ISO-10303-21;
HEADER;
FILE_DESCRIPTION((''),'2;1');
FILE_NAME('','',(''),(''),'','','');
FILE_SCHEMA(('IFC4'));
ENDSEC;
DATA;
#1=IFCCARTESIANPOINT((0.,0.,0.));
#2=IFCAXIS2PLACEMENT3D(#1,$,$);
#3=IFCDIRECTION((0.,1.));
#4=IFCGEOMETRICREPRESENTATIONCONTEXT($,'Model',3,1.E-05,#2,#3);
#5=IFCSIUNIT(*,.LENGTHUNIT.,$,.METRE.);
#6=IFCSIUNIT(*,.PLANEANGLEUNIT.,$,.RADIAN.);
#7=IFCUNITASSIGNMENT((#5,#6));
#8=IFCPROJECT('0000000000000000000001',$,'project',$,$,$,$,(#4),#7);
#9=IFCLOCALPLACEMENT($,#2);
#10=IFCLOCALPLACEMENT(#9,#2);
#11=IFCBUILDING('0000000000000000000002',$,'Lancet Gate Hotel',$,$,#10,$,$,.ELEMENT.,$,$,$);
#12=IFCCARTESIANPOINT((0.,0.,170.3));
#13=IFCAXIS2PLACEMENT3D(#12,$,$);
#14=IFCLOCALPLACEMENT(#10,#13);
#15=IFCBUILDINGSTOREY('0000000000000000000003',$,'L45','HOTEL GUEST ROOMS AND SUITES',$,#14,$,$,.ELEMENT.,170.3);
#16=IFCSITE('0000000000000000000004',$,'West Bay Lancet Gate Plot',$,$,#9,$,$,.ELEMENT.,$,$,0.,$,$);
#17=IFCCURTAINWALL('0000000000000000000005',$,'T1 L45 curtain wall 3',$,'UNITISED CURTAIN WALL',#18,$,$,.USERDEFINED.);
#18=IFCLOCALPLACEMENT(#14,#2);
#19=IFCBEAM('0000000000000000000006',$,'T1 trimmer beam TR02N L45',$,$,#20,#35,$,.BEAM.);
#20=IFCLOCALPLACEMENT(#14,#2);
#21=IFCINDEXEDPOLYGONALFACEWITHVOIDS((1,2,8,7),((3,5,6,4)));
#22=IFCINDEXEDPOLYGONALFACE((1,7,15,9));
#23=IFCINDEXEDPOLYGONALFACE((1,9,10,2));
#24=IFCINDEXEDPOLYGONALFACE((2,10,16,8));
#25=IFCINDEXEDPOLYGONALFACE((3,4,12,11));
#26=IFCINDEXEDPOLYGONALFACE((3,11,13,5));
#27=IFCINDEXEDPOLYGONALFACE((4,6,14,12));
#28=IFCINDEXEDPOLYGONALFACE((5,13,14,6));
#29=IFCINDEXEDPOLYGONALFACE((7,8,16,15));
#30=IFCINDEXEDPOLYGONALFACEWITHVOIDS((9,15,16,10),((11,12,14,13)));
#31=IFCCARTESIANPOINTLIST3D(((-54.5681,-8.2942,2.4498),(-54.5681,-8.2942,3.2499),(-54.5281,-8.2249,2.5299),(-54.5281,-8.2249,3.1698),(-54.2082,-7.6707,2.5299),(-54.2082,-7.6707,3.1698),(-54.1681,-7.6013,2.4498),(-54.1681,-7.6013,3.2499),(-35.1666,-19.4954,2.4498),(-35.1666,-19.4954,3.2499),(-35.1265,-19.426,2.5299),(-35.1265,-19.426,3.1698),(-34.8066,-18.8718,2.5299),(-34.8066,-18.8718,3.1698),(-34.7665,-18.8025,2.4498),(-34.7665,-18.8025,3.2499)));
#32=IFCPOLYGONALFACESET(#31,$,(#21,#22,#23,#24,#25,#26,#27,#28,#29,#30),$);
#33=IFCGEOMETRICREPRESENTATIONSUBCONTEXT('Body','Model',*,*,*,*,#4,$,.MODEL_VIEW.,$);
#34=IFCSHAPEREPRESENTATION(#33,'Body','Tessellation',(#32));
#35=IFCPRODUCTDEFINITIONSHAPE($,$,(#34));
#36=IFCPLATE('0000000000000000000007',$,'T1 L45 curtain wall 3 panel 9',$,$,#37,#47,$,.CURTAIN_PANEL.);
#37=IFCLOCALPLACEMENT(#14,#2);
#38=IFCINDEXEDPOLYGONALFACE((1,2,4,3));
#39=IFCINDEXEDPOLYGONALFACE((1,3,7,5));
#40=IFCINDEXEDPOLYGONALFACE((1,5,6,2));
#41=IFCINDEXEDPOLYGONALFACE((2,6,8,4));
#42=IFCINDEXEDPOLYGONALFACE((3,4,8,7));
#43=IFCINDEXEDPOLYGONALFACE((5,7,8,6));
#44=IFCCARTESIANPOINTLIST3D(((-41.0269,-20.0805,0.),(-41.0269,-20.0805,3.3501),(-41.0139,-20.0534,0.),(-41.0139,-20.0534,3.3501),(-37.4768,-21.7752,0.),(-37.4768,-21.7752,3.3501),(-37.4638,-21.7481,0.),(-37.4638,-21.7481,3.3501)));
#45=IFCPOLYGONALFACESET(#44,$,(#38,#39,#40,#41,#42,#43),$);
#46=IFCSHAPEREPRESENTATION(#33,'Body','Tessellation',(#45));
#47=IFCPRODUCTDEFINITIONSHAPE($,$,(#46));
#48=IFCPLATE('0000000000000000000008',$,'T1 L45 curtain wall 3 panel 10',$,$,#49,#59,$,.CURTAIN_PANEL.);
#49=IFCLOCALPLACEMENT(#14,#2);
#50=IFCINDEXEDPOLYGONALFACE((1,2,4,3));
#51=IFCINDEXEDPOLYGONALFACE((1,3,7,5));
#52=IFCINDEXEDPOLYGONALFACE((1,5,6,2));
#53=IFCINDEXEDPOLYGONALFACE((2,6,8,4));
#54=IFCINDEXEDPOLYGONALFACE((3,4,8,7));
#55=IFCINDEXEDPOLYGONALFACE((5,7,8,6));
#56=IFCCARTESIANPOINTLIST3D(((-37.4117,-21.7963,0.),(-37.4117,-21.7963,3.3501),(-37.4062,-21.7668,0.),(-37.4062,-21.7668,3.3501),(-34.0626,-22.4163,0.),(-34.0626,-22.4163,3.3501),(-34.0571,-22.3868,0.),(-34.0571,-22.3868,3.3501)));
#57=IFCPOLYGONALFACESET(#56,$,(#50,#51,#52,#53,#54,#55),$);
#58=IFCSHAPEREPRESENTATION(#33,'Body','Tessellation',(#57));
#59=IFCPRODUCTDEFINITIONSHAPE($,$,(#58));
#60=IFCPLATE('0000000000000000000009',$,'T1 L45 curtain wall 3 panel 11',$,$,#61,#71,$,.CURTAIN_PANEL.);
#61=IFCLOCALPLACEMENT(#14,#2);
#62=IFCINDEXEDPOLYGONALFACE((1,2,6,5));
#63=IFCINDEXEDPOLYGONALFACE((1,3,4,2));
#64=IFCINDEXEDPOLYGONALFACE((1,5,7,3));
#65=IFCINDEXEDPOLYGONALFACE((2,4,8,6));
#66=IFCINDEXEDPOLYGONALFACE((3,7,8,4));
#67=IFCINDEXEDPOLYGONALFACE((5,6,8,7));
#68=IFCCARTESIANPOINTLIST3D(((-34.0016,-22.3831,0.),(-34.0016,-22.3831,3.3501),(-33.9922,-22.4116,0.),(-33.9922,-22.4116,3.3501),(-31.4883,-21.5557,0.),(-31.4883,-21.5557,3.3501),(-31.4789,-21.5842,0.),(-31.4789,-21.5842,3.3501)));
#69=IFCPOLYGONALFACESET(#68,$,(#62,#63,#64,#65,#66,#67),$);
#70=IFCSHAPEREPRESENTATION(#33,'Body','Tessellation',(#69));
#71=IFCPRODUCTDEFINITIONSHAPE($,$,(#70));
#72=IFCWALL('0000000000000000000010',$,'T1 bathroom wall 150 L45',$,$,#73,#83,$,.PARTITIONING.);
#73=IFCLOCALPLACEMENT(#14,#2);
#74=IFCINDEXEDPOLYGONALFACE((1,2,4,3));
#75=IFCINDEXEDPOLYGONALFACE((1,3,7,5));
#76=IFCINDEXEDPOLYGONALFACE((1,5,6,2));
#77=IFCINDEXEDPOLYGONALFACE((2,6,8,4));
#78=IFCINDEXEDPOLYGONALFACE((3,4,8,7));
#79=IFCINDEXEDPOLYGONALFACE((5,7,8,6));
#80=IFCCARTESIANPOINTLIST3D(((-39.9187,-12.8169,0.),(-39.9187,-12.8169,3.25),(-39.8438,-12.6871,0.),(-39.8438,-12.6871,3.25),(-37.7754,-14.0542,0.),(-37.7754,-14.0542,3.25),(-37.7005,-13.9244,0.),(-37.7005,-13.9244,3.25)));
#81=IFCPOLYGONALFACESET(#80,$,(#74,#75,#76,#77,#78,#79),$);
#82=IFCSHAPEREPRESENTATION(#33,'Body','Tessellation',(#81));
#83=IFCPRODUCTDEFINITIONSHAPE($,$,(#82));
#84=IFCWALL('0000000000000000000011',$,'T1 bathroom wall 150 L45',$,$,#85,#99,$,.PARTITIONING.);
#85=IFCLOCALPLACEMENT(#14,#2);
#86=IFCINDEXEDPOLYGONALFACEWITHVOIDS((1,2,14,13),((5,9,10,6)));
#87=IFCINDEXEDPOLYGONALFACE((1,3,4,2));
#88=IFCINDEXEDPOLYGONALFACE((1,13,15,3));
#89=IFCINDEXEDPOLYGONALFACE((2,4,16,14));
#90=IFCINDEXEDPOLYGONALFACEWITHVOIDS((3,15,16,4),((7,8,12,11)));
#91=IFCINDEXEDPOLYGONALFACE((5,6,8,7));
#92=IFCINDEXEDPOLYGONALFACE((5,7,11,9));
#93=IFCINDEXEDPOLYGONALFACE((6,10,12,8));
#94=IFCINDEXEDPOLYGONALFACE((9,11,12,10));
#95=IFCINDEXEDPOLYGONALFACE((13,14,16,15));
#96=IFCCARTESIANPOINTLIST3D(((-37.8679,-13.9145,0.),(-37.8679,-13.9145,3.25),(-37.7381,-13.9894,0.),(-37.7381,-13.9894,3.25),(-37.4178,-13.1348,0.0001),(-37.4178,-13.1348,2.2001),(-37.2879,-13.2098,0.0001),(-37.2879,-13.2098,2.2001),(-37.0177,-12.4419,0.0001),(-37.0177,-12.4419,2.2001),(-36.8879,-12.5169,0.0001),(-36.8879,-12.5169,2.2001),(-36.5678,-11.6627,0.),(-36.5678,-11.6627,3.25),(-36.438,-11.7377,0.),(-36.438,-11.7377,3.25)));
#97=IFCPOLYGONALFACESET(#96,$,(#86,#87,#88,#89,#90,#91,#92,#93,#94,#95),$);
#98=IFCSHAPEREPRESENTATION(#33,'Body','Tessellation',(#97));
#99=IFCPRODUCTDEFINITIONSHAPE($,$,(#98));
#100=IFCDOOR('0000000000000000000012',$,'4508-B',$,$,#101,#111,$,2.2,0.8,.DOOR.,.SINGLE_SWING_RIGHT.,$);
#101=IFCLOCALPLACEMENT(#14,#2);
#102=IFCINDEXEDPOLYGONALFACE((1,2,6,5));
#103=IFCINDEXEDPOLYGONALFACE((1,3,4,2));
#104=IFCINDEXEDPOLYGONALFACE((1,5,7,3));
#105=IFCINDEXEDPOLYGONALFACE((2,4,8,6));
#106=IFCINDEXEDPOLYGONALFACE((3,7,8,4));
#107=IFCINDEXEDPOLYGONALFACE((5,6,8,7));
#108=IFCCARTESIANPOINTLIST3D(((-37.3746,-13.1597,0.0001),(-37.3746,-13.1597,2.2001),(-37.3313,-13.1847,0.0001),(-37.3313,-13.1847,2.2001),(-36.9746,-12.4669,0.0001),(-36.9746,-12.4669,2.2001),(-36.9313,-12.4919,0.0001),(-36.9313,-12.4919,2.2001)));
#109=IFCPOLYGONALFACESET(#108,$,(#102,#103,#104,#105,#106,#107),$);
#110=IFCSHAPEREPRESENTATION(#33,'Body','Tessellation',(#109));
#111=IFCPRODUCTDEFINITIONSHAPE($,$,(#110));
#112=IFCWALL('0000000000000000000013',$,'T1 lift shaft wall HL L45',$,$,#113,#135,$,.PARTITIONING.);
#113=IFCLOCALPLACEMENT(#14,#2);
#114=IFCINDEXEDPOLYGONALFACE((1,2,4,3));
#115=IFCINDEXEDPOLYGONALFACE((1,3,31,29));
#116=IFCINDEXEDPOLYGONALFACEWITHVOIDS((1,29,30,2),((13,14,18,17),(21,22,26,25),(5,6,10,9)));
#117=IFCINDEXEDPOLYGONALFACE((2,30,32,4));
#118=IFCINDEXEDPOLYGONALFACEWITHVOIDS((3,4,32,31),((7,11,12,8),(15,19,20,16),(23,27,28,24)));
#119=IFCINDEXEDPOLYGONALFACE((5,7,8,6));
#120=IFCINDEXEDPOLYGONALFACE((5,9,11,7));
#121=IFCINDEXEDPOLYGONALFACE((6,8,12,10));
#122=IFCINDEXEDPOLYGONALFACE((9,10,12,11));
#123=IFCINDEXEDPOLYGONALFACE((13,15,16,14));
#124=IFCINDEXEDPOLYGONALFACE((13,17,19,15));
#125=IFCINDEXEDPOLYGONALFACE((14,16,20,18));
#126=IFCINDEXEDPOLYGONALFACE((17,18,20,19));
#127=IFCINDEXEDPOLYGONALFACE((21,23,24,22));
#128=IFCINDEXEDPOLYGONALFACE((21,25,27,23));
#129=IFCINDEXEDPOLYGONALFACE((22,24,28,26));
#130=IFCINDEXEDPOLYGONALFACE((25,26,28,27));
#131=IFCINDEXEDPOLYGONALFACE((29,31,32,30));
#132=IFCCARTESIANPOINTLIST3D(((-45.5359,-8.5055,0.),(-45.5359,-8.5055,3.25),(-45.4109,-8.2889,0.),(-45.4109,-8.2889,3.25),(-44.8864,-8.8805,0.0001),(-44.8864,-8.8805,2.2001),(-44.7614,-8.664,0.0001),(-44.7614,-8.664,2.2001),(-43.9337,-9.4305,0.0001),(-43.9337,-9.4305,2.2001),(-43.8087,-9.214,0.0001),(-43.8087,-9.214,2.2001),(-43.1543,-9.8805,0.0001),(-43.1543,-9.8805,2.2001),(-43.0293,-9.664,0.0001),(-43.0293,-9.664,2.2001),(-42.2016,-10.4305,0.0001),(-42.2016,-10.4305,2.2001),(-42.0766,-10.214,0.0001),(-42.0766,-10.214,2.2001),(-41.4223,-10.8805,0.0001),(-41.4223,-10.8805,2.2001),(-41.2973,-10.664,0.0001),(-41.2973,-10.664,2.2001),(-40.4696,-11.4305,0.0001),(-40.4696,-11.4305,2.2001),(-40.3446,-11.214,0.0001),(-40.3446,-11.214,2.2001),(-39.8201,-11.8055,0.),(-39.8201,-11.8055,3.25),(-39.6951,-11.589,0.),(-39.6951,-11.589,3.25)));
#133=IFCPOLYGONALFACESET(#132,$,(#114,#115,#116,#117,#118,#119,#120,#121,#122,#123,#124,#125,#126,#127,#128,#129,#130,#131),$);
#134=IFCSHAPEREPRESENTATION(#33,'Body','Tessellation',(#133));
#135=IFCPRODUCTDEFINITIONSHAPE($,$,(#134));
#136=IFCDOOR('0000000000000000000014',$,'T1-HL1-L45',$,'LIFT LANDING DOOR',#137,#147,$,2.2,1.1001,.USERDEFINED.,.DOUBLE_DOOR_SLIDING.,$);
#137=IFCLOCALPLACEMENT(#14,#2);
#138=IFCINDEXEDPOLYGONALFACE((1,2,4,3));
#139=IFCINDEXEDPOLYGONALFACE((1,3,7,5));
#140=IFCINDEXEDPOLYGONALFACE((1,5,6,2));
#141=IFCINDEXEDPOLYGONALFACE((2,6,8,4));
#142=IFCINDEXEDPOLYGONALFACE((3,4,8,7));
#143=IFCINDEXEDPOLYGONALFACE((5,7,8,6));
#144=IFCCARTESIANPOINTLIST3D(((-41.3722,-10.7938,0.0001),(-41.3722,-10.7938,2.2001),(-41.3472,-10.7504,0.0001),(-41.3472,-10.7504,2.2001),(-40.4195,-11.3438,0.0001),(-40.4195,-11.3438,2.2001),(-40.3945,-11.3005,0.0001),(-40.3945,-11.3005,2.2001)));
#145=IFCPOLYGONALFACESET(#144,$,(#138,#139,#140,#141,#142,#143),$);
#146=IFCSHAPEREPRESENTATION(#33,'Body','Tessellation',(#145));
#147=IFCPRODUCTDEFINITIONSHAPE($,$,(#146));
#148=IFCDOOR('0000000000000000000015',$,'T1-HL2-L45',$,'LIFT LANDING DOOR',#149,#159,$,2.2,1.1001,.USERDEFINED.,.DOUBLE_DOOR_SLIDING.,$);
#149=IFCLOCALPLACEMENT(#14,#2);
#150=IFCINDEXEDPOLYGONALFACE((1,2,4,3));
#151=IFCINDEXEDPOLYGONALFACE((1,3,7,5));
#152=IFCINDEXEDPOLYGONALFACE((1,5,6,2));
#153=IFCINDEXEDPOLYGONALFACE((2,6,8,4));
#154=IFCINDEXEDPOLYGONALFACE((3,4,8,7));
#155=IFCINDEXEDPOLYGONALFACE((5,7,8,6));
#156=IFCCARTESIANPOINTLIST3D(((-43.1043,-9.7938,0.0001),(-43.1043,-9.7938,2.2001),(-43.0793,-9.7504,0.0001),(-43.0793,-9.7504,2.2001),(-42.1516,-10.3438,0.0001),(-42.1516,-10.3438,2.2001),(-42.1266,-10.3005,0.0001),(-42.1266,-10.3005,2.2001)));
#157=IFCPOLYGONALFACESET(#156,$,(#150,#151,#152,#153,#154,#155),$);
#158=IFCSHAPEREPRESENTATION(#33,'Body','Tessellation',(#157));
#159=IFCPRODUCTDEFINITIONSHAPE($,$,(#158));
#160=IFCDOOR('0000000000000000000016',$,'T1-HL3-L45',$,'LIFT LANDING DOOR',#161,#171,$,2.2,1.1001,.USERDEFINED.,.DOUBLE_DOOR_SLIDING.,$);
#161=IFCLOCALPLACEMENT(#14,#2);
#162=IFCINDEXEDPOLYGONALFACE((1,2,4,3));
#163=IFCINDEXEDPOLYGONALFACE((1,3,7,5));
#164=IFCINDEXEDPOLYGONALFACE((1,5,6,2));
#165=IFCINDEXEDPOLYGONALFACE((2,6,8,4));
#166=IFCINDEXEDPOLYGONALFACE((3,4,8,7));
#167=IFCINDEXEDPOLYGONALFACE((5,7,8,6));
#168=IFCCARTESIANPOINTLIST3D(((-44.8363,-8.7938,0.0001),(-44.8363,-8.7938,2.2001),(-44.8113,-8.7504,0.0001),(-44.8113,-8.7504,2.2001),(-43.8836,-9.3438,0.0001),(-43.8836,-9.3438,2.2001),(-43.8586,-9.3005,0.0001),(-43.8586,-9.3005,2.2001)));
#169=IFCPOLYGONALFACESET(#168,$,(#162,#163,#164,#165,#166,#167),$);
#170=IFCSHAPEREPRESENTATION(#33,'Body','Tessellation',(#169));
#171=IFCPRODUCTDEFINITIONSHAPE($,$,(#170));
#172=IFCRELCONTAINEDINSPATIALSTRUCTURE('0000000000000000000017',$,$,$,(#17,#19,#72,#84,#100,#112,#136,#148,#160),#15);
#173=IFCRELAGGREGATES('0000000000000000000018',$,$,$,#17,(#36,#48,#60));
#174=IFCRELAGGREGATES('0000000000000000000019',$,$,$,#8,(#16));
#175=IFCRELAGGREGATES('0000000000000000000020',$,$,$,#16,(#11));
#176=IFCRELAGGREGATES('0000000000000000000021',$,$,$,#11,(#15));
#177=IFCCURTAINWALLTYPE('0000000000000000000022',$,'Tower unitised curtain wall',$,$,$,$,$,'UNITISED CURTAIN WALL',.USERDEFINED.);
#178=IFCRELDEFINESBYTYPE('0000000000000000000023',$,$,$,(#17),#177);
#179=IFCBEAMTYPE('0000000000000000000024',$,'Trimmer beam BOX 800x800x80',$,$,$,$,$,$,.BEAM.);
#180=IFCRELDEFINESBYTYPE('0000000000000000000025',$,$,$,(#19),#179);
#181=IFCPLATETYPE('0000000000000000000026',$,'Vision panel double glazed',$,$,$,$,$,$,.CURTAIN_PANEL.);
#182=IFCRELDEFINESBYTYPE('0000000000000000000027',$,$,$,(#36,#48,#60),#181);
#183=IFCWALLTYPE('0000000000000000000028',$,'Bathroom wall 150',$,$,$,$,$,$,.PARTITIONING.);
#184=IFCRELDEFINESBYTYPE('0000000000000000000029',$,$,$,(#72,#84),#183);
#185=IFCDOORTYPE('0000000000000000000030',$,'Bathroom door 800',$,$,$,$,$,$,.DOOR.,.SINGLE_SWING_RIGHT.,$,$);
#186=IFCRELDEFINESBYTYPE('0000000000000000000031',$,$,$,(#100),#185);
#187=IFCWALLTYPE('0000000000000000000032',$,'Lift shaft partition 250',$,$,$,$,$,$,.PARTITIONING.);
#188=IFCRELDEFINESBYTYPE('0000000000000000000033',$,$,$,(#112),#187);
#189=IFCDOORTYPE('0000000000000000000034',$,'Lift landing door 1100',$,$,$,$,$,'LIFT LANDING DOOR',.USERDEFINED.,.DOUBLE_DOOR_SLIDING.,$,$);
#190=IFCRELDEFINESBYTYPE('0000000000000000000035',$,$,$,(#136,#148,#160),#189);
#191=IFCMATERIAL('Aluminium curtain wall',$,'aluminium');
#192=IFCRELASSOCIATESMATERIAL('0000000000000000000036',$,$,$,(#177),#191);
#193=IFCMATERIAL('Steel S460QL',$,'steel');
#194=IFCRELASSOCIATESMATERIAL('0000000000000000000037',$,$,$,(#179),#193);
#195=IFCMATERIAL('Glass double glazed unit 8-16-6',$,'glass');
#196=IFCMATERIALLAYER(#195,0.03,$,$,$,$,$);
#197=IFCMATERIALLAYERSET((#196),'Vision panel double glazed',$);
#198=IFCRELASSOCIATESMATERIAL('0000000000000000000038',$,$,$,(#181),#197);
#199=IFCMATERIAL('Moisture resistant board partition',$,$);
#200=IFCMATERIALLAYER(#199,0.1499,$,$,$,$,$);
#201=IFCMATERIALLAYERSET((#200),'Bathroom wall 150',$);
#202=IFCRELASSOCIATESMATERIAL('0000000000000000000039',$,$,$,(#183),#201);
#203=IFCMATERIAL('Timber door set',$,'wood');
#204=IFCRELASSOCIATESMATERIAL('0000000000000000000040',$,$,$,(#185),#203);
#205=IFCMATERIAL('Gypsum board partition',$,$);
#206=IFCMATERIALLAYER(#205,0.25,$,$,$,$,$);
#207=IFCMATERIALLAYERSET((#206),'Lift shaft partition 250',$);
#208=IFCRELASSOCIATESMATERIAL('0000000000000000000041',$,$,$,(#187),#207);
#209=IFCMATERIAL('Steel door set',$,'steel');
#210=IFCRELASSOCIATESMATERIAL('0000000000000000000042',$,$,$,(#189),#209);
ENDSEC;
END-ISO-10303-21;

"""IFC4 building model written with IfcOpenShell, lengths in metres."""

from ifc_helpers import new_model, si_unit, direction, frame, frame_2d, origin, origin_2d, place, context, subcontext, project, spatial, rectangle, hollow_rectangle, extrude, material, layer, layer_set, material_profile, profile_set, type_object, element, fill, aggregate, save


model = new_model("IFC4")

# Units and contexts
model_context = context("Model", 3, precision=1e-05, world=origin(), true_north=direction((0.0, 1.0)))
body_context = subcontext(model_context, "Body", "Model", "MODEL_VIEW")
ifc_project = project(units=[si_unit("LENGTHUNIT", "METRE"), si_unit("PLANEANGLEUNIT", "RADIAN")], contexts=[model_context])

# Site, building, storey
site_placement = place(None, origin())
site = spatial("IfcSite", under=ifc_project, at=site_placement, Name="West Bay Lancet Gate Plot", CompositionType="ELEMENT", RefElevation=0.0)
building_placement = place(site_placement, origin())
building = spatial("IfcBuilding", under=site, at=building_placement, Name="Lancet Gate Hotel", CompositionType="ELEMENT")
storey_placement = place(building_placement, frame((0.0, 0.0, 170.3)))
storey = spatial("IfcBuildingStorey", under=building, at=storey_placement, Name="L45", Description="HOTEL GUEST ROOMS AND SUITES", CompositionType="ELEMENT", Elevation=170.3)

# Curtain wall
ifc_material_1 = material(Name="Aluminium curtain wall", Category="aluminium")
curtain_wall_type = type_object("IfcCurtainWallType", Name="Tower unitised curtain wall", ElementType="UNITISED CURTAIN WALL", PredefinedType="USERDEFINED", material=ifc_material_1)
curtain_wall_placement = place(storey_placement, origin())
curtain_wall = element("IfcCurtainWall", 1, at=curtain_wall_placement, inside=storey, type_object=curtain_wall_type, Name="T1 L45 curtain wall 3", ObjectType="UNITISED CURTAIN WALL", PredefinedType="USERDEFINED")

# Beam
ifc_material_2 = material(Name="Steel S460QL", Category="steel")
ifc_material_profile_1 = material_profile(ifc_material_2, hollow_rectangle(XDim=0.8, YDim=0.8, WallThickness=0.0801, at=origin_2d()), Name="BOX 800x800x80")
ifc_profile_set_1 = profile_set([ifc_material_profile_1], Name="Steel S460QL")
beam_type_1 = type_object("IfcBeamType", Name="Trimmer beam BOX 800x800x80", PredefinedType="BEAM", material=ifc_profile_set_1)
beam_1_placement = place(storey_placement, frame((-34.9666, -19.1489, 2.8499), z_axis=(-0.866032, 0.499988, 0.0), x_axis=(-0.499988, -0.866032, 0.0)))
element("IfcBeam", 2, at=beam_1_placement, inside=storey, type_object=beam_type_1, Name="T1 trimmer beam TR02N L45", PredefinedType="BEAM", context=body_context, shape_type="SweptSolid", body=[
    extrude(hollow_rectangle(XDim=0.8, YDim=0.8, WallThickness=0.0801, at=origin_2d()), origin(), (0.0, 0.0, 1.0), 22.4028),
])

# Plates
ifc_material_3 = material(Name="Glass double glazed unit 8-16-6", Category="glass")
ifc_layer_1 = layer(ifc_material_3, 0.03)
ifc_layer_set_1 = layer_set([ifc_layer_1], Name="Vision panel double glazed")
plate_type = type_object("IfcPlateType", Name="Vision panel double glazed", PredefinedType="CURTAIN_PANEL", material=ifc_layer_set_1)
plate_1_placement = place(storey_placement, frame((-39.2454, -20.9143, 0.0), z_axis=(0.0, 0.0, 1.0), x_axis=(0.902454, -0.430787, 0.0)))
plate_1 = element("IfcPlate", 3, at=plate_1_placement, type_object=plate_type, Name="T1 L45 curtain wall 3 panel 9", PredefinedType="CURTAIN_PANEL", context=body_context, shape_type="SweptSolid", body=[
    extrude(rectangle(XDim=3.9338, YDim=0.03, at=origin_2d()), origin(), (0.0, 0.0, 1.0), 3.3501),
])
plate_2_placement = place(storey_placement, frame((-35.7344, -22.0916, 0.0), z_axis=(0.0, 0.0, 1.0), x_axis=(0.983292, -0.182033, 0.0)))
plate_2 = element("IfcPlate", 4, at=plate_2_placement, type_object=plate_type, Name="T1 L45 curtain wall 3 panel 10", PredefinedType="CURTAIN_PANEL", context=body_context, shape_type="SweptSolid", body=[
    extrude(rectangle(XDim=3.406, YDim=0.03, at=origin_2d()), origin(), (0.0, 0.0, 1.0), 3.3501),
])
plate_3_placement = place(storey_placement, frame((-32.7402, -21.9836, 0.0), z_axis=(0.0, 0.0, 1.0), x_axis=(0.949848, 0.312712, 0.0)))
plate_3 = element("IfcPlate", 5, at=plate_3_placement, type_object=plate_type, Name="T1 L45 curtain wall 3 panel 11", PredefinedType="CURTAIN_PANEL", context=body_context, shape_type="SweptSolid", body=[
    extrude(rectangle(XDim=2.646, YDim=0.03, at=origin_2d()), origin(), (0.0, 0.0, 1.0), 3.3501),
])
aggregate(curtain_wall, [plate_1, plate_2, plate_3])

# Wall
ifc_material_4 = material(Name="Moisture resistant board partition")
ifc_layer_2 = layer(ifc_material_4, 0.1499)
ifc_layer_set_2 = layer_set([ifc_layer_2], Name="Bathroom wall 150")
wall_type_1 = type_object("IfcWallType", Name="Bathroom wall 150", PredefinedType="PARTITIONING", material=ifc_layer_set_2)
wall_1_placement = place(storey_placement, frame((-37.738, -13.9893, 0.0), z_axis=(0.0, 0.0, 1.0), x_axis=(-0.866049, 0.499959, 0.0)))
element("IfcWall", 6, at=wall_1_placement, inside=storey, type_object=wall_type_1, Name="T1 bathroom wall 150 L45", PredefinedType="PARTITIONING", context=body_context, shape_type="SweptSolid", body=[
    extrude(rectangle(XDim=2.4749, YDim=0.1499, at=frame_2d((1.2373, 0.0))), origin(), (0.0, 0.0, 1.0), 3.25),
])

# Wall, opening, door
wall_2_placement = place(storey_placement, frame((-36.5029, -11.7002, 0.0), z_axis=(0.0, 0.0, 1.0), x_axis=(-0.500007, -0.866021, 0.0)))
wall_2 = element("IfcWall", 7, at=wall_2_placement, inside=storey, type_object=wall_type_1, Name="T1 bathroom wall 150 L45", PredefinedType="PARTITIONING", context=body_context, shape_type="SweptSolid", body=[
    extrude(rectangle(XDim=2.6001, YDim=0.1499, at=frame_2d((1.3, 0.0))), origin(), (0.0, 0.0, 1.0), 3.25),
])
opening_1_placement = place(wall_2_placement, frame((0.8999, 0.0, 0.0)))
opening_1 = element("IfcOpeningElement", 8, at=opening_1_placement, cuts=wall_2, PredefinedType="OPENING", context=body_context, shape_type="SweptSolid", body=[
    extrude(rectangle(XDim=0.8, YDim=2.2, at=frame_2d((0.3999, 1.1001))), frame((0.0, 0.085, 0.0), z_axis=(0.0, -1.0, 0.0), x_axis=(1.0, 0.0, 0.0)), (0.0, 0.0, 1.0), 0.1699),
])
ifc_material_5 = material(Name="Timber door set", Category="wood")
door_type_1 = type_object("IfcDoorType", Name="Bathroom door 800", OperationType="SINGLE_SWING_RIGHT", PredefinedType="DOOR", material=ifc_material_5)
door_1_placement = place(opening_1_placement, origin())
door_1 = element("IfcDoor", 9, at=door_1_placement, inside=storey, type_object=door_type_1, Name="4508-B", OperationType="SINGLE_SWING_RIGHT", OverallHeight=2.2, OverallWidth=0.8, PredefinedType="DOOR", context=body_context, shape_type="SweptSolid", body=[
    extrude(rectangle(XDim=0.8, YDim=2.2, at=frame_2d((0.3999, 1.1001))), frame((0.0, 0.0249, 0.0), z_axis=(0.0, -1.0, 0.0), x_axis=(1.0, 0.0, 0.0)), (0.0, 0.0, 1.0), 0.05),
])
fill(opening_1, door_1)

# Wall, openings, doors
ifc_material_6 = material(Name="Gypsum board partition")
ifc_layer_3 = layer(ifc_material_6, 0.25)
ifc_layer_set_3 = layer_set([ifc_layer_3], Name="Lift shaft partition 250")
wall_type_2 = type_object("IfcWallType", Name="Lift shaft partition 250", PredefinedType="PARTITIONING", material=ifc_layer_set_3)
wall_3_placement = place(storey_placement, frame((-39.7576, -11.6973, 0.0), z_axis=(0.0, 0.0, 1.0), x_axis=(-0.866024, 0.500002, 0.0)))
wall_3 = element("IfcWall", 10, at=wall_3_placement, inside=storey, type_object=wall_type_2, Name="T1 lift shaft wall HL L45", PredefinedType="PARTITIONING", context=body_context, shape_type="SweptSolid", body=[
    extrude(rectangle(XDim=6.6001, YDim=0.25, at=frame_2d((3.3, 0.0))), origin(), (0.0, 0.0, 1.0), 3.25),
])
opening_2_placement = place(wall_3_placement, frame((0.75, 0.0, 0.0)))
opening_2 = element("IfcOpeningElement", 11, at=opening_2_placement, cuts=wall_3, PredefinedType="OPENING", context=body_context, shape_type="SweptSolid", body=[
    extrude(rectangle(XDim=1.1001, YDim=2.2, at=frame_2d((0.55, 1.1001))), frame((0.0, 0.135, 0.0), z_axis=(0.0, -1.0, 0.0), x_axis=(1.0, 0.0, 0.0)), (0.0, 0.0, 1.0), 0.27),
])
opening_3_placement = place(wall_3_placement, frame((2.75, 0.0, 0.0)))
opening_3 = element("IfcOpeningElement", 12, at=opening_3_placement, cuts=wall_3, PredefinedType="OPENING", context=body_context, shape_type="SweptSolid", body=[
    extrude(rectangle(XDim=1.1001, YDim=2.2, at=frame_2d((0.55, 1.1001))), frame((0.0, 0.135, 0.0), z_axis=(0.0, -1.0, 0.0), x_axis=(1.0, 0.0, 0.0)), (0.0, 0.0, 1.0), 0.27),
])
opening_4_placement = place(wall_3_placement, frame((4.75, 0.0, 0.0)))
opening_4 = element("IfcOpeningElement", 13, at=opening_4_placement, cuts=wall_3, PredefinedType="OPENING", context=body_context, shape_type="SweptSolid", body=[
    extrude(rectangle(XDim=1.1001, YDim=2.2, at=frame_2d((0.55, 1.1001))), frame((0.0, 0.135, 0.0), z_axis=(0.0, -1.0, 0.0), x_axis=(1.0, 0.0, 0.0)), (0.0, 0.0, 1.0), 0.27),
])
ifc_material_7 = material(Name="Steel door set", Category="steel")
door_type_2 = type_object("IfcDoorType", Name="Lift landing door 1100", ElementType="LIFT LANDING DOOR", OperationType="DOUBLE_DOOR_SLIDING", PredefinedType="USERDEFINED", material=ifc_material_7)
door_2_placement = place(opening_2_placement, origin())
door_2 = element("IfcDoor", 14, at=door_2_placement, inside=storey, type_object=door_type_2, Name="T1-HL1-L45", ObjectType="LIFT LANDING DOOR", OperationType="DOUBLE_DOOR_SLIDING", OverallHeight=2.2, OverallWidth=1.1001, PredefinedType="USERDEFINED", context=body_context, shape_type="SweptSolid", body=[
    extrude(rectangle(XDim=1.1001, YDim=2.2, at=frame_2d((0.55, 1.1001))), frame((0.0, 0.0249, 0.0), z_axis=(0.0, -1.0, 0.0), x_axis=(1.0, 0.0, 0.0)), (0.0, 0.0, 1.0), 0.05),
])
fill(opening_2, door_2)
door_3_placement = place(opening_3_placement, origin())
door_3 = element("IfcDoor", 15, at=door_3_placement, inside=storey, type_object=door_type_2, Name="T1-HL2-L45", ObjectType="LIFT LANDING DOOR", OperationType="DOUBLE_DOOR_SLIDING", OverallHeight=2.2, OverallWidth=1.1001, PredefinedType="USERDEFINED", context=body_context, shape_type="SweptSolid", body=[
    extrude(rectangle(XDim=1.1001, YDim=2.2, at=frame_2d((0.55, 1.1001))), frame((0.0, 0.0249, 0.0), z_axis=(0.0, -1.0, 0.0), x_axis=(1.0, 0.0, 0.0)), (0.0, 0.0, 1.0), 0.05),
])
fill(opening_3, door_3)
door_4_placement = place(opening_4_placement, origin())
door_4 = element("IfcDoor", 16, at=door_4_placement, inside=storey, type_object=door_type_2, Name="T1-HL3-L45", ObjectType="LIFT LANDING DOOR", OperationType="DOUBLE_DOOR_SLIDING", OverallHeight=2.2, OverallWidth=1.1001, PredefinedType="USERDEFINED", context=body_context, shape_type="SweptSolid", body=[
    extrude(rectangle(XDim=1.1001, YDim=2.2, at=frame_2d((0.55, 1.1001))), frame((0.0, 0.0249, 0.0), z_axis=(0.0, -1.0, 0.0), x_axis=(1.0, 0.0, 0.0)), (0.0, 0.0, 1.0), 0.05),
])
fill(opening_4, door_4)

save(model, "model.ifc")
